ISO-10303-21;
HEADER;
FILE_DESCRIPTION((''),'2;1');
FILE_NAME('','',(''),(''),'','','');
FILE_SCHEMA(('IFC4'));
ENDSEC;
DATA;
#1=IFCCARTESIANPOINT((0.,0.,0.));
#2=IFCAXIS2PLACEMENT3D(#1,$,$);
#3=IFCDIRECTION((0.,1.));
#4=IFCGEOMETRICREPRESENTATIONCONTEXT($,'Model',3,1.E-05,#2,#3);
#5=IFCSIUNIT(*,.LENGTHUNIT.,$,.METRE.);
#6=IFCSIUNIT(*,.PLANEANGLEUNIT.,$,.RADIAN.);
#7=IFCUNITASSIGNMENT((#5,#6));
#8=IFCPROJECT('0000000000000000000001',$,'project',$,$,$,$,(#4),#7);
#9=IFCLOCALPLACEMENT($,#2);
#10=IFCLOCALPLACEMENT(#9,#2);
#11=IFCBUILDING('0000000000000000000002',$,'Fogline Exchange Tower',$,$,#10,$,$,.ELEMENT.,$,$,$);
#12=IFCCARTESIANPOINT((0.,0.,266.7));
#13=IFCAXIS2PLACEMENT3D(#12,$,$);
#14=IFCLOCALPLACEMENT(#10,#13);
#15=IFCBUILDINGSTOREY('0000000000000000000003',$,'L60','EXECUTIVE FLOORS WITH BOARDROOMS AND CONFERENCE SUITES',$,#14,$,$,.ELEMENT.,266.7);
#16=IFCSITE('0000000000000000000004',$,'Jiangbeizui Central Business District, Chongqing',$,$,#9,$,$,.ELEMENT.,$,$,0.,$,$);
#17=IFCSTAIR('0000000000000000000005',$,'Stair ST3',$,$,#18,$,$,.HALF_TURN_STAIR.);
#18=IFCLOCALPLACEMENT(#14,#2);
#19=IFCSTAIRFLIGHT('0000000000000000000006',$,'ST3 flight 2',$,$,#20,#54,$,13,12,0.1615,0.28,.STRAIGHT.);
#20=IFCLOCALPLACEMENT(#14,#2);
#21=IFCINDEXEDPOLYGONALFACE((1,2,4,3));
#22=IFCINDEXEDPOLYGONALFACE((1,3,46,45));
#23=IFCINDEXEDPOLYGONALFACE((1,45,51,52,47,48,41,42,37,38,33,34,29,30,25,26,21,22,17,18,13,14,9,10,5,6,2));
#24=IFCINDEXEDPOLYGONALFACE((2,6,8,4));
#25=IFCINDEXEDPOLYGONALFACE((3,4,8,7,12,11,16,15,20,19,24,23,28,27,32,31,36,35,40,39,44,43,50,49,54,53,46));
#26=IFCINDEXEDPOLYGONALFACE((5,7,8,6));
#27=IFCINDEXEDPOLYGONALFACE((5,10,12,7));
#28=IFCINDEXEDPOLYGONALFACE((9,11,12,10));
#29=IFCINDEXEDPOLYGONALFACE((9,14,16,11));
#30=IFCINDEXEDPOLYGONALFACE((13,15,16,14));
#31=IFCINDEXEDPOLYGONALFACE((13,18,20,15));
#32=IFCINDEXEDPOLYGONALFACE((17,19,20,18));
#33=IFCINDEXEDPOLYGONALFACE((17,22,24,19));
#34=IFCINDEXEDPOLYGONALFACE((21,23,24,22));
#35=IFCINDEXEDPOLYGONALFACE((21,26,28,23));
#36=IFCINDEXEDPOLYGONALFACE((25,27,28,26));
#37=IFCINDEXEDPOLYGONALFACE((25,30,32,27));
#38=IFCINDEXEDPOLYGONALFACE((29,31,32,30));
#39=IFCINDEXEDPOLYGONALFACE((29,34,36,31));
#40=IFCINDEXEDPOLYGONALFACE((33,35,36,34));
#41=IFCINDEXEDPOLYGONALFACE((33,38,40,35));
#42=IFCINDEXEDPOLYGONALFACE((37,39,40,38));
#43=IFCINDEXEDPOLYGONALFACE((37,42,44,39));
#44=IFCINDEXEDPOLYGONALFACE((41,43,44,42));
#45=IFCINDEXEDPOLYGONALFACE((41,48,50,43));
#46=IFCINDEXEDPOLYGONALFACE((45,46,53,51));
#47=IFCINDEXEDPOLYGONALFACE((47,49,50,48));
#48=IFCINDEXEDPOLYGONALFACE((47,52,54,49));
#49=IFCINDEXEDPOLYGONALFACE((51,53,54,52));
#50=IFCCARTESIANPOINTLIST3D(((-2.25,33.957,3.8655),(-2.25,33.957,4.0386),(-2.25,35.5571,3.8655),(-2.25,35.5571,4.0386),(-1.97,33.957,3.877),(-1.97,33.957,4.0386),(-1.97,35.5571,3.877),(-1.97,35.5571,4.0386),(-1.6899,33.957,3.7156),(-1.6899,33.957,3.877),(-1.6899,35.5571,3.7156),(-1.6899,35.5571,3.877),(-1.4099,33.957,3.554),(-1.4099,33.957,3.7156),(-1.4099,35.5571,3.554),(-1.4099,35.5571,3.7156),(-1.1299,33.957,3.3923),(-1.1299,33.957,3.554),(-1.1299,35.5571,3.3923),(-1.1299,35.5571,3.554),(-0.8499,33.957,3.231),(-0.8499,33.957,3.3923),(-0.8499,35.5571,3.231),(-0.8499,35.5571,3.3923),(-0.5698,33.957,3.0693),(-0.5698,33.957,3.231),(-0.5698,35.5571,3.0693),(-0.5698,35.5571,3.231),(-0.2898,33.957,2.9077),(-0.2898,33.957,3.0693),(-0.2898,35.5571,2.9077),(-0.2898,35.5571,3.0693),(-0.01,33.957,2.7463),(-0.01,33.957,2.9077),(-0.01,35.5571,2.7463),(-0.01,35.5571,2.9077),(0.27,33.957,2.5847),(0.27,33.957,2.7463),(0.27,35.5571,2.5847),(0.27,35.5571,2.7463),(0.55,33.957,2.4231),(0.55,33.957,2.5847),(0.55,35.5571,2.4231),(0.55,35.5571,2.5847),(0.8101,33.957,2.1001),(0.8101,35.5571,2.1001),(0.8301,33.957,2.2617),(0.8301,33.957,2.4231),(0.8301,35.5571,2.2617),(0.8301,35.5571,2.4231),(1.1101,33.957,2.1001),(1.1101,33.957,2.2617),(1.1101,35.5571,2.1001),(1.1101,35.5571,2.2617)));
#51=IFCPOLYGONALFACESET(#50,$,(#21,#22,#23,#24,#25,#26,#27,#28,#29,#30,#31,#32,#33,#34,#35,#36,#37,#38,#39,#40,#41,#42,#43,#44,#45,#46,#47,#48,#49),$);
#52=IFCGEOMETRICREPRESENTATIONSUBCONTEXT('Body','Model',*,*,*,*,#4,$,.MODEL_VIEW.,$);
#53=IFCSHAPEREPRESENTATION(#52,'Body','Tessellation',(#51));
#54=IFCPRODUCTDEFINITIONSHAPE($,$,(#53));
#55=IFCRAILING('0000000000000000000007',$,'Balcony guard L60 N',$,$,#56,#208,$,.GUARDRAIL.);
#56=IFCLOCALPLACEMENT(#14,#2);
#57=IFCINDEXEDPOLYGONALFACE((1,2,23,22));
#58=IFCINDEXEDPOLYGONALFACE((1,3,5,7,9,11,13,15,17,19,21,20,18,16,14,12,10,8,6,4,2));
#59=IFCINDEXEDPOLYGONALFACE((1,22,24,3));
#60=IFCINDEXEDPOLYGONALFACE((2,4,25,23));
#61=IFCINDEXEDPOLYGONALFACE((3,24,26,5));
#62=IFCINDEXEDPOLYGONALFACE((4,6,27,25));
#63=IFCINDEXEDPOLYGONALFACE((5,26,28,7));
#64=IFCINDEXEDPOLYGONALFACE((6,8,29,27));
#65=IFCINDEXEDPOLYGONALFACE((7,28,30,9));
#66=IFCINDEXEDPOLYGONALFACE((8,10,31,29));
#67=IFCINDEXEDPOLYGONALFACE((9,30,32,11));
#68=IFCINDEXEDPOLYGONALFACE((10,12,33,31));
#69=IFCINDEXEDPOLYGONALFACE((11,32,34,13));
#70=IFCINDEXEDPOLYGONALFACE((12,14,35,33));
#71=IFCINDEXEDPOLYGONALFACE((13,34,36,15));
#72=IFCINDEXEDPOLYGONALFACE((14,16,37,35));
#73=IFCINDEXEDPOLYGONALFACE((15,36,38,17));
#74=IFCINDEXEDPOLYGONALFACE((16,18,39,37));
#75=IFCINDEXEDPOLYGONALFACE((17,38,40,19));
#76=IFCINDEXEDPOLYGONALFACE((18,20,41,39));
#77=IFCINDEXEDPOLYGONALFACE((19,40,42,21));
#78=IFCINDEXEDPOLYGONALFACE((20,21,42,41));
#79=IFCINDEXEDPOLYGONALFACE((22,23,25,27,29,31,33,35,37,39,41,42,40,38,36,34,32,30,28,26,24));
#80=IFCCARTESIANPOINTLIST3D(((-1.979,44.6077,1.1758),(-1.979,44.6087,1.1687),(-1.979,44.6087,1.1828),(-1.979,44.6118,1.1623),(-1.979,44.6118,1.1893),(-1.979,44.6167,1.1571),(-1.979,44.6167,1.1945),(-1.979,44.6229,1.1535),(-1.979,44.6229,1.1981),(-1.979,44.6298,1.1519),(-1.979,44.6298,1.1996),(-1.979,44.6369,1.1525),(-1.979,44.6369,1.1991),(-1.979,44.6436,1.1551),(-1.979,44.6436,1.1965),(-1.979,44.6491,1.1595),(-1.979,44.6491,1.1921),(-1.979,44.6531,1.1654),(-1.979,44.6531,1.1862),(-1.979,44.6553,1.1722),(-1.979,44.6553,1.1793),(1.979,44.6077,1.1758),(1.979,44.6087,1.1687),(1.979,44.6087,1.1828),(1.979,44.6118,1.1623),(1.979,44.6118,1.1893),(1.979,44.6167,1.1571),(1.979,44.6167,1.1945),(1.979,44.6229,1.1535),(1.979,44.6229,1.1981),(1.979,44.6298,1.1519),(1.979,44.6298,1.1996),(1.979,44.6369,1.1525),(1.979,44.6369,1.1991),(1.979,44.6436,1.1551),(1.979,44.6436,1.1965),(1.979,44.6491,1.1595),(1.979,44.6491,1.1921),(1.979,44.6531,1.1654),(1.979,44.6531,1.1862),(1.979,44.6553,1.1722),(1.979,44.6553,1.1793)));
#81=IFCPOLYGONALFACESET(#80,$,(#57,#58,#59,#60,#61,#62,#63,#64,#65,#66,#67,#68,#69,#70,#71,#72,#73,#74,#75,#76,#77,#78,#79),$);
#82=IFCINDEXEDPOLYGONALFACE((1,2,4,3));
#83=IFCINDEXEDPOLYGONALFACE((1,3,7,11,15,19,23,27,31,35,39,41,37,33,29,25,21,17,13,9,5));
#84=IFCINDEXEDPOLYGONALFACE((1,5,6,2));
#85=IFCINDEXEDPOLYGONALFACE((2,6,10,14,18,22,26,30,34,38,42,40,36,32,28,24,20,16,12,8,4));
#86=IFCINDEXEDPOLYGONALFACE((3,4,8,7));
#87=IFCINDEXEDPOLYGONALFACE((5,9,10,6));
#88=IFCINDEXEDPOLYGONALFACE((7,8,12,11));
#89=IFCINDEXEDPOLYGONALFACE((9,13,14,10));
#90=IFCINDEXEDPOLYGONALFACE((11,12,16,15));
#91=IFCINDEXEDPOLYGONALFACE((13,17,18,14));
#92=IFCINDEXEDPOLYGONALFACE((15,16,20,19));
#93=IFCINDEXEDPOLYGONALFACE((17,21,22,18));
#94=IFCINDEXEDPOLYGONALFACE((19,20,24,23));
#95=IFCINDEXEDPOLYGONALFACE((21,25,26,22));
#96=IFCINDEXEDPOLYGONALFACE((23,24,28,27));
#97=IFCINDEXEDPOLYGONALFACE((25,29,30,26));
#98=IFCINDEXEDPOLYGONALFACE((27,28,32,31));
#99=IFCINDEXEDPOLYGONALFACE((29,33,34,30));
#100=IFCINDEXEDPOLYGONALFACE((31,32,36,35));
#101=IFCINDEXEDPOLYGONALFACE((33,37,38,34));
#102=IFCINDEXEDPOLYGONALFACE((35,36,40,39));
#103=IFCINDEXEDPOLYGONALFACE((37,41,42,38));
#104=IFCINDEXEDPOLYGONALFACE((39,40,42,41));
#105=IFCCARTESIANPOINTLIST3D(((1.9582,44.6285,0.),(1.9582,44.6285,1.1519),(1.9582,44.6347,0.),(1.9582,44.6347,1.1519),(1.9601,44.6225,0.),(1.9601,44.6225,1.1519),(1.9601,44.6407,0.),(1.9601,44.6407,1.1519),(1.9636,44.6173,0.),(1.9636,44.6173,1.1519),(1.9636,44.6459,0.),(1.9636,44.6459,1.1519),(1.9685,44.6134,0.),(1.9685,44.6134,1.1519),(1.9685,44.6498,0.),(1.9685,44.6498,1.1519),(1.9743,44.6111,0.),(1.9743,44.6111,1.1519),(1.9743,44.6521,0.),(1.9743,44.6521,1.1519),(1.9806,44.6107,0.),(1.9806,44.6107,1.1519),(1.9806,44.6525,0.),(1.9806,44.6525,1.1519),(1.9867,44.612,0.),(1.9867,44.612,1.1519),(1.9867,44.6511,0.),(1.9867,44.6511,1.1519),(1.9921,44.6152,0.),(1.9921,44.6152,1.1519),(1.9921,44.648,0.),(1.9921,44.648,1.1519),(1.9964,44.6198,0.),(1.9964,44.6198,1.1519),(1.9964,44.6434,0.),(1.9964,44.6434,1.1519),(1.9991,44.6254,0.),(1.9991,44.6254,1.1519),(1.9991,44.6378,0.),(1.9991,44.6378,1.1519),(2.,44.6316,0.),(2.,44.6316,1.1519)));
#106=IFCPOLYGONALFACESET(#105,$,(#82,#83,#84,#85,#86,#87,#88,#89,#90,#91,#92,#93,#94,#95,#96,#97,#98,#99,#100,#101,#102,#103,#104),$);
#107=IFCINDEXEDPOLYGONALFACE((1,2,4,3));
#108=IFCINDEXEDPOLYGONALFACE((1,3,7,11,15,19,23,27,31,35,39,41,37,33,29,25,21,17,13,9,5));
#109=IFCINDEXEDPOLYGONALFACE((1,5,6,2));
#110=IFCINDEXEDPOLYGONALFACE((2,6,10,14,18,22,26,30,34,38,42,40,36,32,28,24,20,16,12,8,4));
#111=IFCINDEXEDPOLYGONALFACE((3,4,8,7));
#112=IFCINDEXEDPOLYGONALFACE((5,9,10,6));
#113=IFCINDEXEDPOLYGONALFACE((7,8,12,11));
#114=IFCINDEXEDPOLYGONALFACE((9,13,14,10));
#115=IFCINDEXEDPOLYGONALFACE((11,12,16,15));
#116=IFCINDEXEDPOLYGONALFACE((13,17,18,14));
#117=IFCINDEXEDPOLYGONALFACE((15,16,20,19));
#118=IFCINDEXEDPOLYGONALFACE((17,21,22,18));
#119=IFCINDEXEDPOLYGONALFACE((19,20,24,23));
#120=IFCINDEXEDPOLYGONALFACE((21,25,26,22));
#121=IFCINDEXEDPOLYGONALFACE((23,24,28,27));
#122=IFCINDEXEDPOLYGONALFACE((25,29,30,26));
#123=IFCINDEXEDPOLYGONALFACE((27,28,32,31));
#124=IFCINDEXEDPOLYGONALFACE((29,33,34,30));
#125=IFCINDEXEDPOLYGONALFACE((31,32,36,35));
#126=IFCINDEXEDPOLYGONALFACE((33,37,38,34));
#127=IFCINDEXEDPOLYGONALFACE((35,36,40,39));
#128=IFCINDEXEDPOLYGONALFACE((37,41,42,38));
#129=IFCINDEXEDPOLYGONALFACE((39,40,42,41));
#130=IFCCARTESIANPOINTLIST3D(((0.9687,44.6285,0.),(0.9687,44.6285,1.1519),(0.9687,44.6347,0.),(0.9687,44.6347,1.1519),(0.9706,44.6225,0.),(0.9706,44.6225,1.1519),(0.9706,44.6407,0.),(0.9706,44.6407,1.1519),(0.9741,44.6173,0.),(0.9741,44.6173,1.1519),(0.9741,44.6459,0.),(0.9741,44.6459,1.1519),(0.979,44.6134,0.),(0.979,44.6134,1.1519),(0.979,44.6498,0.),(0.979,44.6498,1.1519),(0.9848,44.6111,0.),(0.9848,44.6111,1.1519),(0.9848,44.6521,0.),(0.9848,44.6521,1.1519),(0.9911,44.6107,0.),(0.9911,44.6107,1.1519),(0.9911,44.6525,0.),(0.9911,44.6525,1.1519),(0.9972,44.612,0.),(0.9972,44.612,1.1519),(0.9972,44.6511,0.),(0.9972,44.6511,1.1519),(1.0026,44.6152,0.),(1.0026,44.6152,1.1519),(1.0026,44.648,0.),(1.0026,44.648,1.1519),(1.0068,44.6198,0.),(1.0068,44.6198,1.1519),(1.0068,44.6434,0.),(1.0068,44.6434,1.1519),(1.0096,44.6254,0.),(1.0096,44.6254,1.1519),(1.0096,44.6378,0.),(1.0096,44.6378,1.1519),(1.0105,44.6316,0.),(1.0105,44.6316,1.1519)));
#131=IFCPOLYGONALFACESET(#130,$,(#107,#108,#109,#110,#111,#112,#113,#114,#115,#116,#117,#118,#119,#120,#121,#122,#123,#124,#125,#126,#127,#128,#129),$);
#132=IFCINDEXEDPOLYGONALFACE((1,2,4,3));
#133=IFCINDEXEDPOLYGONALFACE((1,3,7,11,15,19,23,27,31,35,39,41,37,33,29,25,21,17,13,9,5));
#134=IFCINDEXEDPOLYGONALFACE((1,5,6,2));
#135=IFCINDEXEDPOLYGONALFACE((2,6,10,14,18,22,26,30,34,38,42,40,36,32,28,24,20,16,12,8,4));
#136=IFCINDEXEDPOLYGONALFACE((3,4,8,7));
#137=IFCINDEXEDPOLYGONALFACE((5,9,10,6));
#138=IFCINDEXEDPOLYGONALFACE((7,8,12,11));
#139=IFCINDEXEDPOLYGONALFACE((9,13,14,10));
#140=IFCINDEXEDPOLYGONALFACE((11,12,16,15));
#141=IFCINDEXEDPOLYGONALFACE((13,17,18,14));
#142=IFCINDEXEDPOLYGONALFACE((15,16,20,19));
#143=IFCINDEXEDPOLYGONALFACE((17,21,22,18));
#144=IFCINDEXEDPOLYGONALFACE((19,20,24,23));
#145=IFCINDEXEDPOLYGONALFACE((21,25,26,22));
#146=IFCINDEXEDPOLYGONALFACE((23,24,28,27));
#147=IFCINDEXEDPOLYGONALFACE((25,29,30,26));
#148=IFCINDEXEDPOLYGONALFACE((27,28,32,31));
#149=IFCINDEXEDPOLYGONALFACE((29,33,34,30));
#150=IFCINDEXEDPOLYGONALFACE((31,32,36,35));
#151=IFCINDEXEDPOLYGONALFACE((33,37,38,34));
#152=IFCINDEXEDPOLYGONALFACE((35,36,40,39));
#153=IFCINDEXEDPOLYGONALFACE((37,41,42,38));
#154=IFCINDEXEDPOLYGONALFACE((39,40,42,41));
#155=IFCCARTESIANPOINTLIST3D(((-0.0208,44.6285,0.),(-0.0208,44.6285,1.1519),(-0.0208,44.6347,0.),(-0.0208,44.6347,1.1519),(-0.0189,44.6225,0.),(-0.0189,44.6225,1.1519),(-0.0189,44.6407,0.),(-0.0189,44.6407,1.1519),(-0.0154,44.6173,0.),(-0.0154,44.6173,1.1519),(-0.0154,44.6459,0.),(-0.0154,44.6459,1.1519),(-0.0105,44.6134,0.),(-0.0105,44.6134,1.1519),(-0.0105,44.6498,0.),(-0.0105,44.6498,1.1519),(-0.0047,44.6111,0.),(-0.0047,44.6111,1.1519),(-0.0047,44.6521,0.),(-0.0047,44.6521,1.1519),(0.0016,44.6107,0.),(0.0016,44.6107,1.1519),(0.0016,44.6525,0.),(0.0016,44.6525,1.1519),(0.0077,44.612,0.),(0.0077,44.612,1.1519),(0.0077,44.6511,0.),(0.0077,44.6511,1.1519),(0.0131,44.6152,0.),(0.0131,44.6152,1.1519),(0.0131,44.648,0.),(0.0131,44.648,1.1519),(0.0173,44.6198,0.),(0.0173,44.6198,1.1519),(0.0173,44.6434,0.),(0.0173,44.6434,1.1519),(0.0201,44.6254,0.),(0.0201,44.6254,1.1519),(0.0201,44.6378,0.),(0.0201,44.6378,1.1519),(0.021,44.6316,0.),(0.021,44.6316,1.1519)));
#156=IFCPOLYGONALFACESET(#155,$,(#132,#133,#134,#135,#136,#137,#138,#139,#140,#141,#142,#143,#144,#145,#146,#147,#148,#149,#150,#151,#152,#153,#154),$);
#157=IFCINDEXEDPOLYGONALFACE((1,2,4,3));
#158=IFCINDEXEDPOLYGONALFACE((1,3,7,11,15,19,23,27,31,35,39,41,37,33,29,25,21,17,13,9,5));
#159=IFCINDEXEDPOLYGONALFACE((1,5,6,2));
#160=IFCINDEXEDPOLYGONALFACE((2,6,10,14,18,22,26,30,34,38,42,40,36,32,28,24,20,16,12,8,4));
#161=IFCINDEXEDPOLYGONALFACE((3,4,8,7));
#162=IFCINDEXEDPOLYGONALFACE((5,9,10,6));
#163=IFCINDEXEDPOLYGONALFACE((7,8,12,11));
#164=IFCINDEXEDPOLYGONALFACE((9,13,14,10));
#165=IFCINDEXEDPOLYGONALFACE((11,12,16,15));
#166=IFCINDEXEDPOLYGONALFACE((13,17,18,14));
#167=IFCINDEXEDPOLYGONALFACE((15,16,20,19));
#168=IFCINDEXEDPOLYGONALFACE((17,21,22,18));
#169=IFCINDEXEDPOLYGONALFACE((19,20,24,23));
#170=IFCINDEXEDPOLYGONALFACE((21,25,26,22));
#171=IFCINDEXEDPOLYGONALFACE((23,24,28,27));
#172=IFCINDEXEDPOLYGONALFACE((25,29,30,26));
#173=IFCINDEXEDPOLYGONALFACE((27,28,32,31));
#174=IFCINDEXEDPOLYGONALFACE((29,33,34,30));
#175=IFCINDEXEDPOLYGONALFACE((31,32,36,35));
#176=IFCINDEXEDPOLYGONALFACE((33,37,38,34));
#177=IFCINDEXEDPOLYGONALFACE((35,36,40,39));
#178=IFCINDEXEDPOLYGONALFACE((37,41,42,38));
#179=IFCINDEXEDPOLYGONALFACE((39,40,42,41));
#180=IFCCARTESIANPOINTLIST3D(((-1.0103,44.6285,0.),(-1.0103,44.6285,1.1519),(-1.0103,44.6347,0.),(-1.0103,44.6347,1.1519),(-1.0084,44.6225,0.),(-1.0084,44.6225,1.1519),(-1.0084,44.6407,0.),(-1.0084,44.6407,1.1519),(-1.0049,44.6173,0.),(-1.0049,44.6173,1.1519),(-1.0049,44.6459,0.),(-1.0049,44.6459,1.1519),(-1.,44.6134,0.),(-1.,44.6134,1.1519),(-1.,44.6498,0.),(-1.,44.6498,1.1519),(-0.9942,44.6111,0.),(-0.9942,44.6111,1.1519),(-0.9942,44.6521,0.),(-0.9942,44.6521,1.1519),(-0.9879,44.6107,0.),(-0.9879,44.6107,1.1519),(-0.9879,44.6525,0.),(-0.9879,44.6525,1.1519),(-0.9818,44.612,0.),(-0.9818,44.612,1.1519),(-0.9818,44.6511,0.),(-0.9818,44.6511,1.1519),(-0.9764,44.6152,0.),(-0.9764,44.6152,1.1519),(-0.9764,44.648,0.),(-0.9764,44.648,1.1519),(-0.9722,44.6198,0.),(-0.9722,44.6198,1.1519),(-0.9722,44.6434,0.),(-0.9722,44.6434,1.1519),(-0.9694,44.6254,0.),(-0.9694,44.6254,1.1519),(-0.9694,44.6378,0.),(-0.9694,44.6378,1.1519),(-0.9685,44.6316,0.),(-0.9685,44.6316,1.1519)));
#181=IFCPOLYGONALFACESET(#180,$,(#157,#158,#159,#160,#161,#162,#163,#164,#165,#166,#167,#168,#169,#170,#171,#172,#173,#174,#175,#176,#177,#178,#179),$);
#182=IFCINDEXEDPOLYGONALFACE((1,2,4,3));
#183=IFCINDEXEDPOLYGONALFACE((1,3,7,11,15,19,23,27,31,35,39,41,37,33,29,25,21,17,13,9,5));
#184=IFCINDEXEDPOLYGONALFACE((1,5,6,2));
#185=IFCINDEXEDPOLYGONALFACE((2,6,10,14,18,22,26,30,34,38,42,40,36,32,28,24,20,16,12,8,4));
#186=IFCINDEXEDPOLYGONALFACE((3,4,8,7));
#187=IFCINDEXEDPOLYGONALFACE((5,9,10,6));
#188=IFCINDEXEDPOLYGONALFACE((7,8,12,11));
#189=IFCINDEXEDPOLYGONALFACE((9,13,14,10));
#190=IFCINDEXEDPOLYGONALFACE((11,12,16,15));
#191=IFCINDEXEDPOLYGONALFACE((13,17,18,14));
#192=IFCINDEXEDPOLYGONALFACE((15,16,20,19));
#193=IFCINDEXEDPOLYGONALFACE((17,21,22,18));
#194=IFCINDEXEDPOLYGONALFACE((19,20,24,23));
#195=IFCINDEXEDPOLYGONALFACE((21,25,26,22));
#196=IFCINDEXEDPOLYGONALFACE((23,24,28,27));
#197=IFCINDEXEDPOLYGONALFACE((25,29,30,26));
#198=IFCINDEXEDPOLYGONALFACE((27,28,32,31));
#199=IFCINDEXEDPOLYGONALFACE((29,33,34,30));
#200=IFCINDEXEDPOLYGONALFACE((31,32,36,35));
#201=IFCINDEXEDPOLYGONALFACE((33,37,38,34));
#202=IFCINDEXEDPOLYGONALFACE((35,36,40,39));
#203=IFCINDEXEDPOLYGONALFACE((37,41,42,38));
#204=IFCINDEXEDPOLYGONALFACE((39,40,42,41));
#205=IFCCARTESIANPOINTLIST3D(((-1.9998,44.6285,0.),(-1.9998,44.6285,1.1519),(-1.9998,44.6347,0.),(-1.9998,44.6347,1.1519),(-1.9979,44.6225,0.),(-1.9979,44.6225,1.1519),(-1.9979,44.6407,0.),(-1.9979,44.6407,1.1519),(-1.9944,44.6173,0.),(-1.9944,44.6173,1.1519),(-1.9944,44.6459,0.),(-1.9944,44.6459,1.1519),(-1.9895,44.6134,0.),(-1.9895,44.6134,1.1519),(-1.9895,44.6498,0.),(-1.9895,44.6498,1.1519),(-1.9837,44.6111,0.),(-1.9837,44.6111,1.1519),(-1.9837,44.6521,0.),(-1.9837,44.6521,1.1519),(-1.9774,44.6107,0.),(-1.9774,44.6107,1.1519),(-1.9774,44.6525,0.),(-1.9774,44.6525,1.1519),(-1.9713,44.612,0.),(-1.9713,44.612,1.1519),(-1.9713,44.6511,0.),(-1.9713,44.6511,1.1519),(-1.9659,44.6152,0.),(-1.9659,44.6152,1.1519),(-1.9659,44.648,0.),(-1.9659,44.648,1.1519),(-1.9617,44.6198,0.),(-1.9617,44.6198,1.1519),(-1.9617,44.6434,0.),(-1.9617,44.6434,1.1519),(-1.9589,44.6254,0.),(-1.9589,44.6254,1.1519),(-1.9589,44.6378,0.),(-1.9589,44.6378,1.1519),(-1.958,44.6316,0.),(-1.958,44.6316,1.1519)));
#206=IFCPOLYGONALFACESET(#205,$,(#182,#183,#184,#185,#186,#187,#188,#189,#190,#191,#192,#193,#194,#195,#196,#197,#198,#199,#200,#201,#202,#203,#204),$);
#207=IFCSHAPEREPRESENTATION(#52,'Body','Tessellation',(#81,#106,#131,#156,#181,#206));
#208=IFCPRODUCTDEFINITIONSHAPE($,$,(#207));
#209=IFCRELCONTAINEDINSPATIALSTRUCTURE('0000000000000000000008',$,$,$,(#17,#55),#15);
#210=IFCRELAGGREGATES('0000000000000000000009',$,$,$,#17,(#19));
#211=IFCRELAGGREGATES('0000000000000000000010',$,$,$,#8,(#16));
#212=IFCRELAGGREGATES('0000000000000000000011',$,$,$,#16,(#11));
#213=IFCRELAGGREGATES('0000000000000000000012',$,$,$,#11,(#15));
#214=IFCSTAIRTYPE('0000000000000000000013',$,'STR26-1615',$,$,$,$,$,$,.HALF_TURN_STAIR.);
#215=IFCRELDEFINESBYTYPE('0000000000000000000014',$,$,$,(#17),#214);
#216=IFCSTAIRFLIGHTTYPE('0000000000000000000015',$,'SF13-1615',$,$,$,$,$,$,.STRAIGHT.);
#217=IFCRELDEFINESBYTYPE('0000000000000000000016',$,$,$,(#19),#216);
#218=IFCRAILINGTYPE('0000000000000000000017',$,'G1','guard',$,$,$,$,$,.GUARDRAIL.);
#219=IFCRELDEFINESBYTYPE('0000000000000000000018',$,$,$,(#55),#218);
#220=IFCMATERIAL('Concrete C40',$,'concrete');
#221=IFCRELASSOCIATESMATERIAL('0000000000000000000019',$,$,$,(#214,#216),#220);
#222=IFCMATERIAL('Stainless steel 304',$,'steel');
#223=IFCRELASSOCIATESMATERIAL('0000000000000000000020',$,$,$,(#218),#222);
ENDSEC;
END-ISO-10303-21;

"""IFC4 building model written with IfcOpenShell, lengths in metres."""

from ifc_helpers import new_model, si_unit, direction, frame, origin, origin_2d, place, context, subcontext, project, spatial, polyline, circle, outline, extrude, material, type_object, element, aggregate, save


model = new_model("IFC4")

# Units and contexts
model_context = context("Model", 3, precision=1e-05, world=origin(), true_north=direction((0.0, 1.0)))
body_context = subcontext(model_context, "Body", "Model", "MODEL_VIEW")
ifc_project = project(units=[si_unit("LENGTHUNIT", "METRE"), si_unit("PLANEANGLEUNIT", "RADIAN")], contexts=[model_context])

# Site, building, storey
site_placement = place(None, origin())
site = spatial("IfcSite", under=ifc_project, at=site_placement, Name="Jiangbeizui Central Business District, Chongqing", CompositionType="ELEMENT", RefElevation=0.0)
building_placement = place(site_placement, origin())
building = spatial("IfcBuilding", under=site, at=building_placement, Name="Fogline Exchange Tower", CompositionType="ELEMENT")
storey_placement = place(building_placement, frame((0.0, 0.0, 266.7)))
storey = spatial("IfcBuildingStorey", under=building, at=storey_placement, Name="L60", Description="EXECUTIVE FLOORS WITH BOARDROOMS AND CONFERENCE SUITES", CompositionType="ELEMENT", Elevation=266.7)

# Shared definitions
ifc_material_1 = material(Name="Concrete C40", Category="concrete")

# Stair, stair flight
stair_type = type_object("IfcStairType", Name="STR26-1615", PredefinedType="HALF_TURN_STAIR", material=ifc_material_1)
stair_placement = place(storey_placement, origin())
stair = element("IfcStair", 1, at=stair_placement, inside=storey, type_object=stair_type, Name="Stair ST3", PredefinedType="HALF_TURN_STAIR")
stair_flight_type = type_object("IfcStairFlightType", Name="SF13-1615", PredefinedType="STRAIGHT", material=ifc_material_1)
stair_flight_placement = place(storey_placement, frame((1.1101, 34.7571, 2.1001), z_axis=(0.0, 0.0, 1.0), x_axis=(-1.0, 0.0, 0.0)))
stair_flight = element("IfcStairFlight", 2, at=stair_flight_placement, type_object=stair_flight_type, Name="ST3 flight 2", NumberOfRisers=13, NumberOfTreads=12, PredefinedType="STRAIGHT", RiserHeight=0.1615, TreadLength=0.28, context=body_context, shape_type="SweptSolid", body=[
    extrude(outline(polyline([(0.0, 0.0), (0.0, 0.1616), (0.28, 0.1616), (0.28, 0.323), (0.5601, 0.323), (0.5601, 0.4846), (0.8401, 0.4846), (0.8401, 0.6462), (1.1201, 0.6462), (1.1201, 0.8076), (1.3999, 0.8076), (1.3999, 0.9692), (1.6799, 0.9692), (1.6799, 1.1309), (1.96, 1.1309), (1.96, 1.2922), (2.24, 1.2922), (2.24, 1.4539), (2.52, 1.4539), (2.52, 1.6155), (2.8, 1.6155), (2.8, 1.7769), (3.0801, 1.7769), (3.0801, 1.9385), (3.3601, 1.9385), (3.3601, 2.1001), (3.3601, 1.7654), (0.3, 0.0), (0.0, 0.0)])), frame((0.0, 0.8, 0.0), z_axis=(0.0, -1.0, 0.0), x_axis=(1.0, 0.0, 0.0)), (0.0, 0.0, 1.0), 1.6001),
])
aggregate(stair, [stair_flight])

# Railing
ifc_material_2 = material(Name="Stainless steel 304", Category="steel")
railing_type = type_object("IfcRailingType", Name="G1", Description="guard", PredefinedType="GUARDRAIL", material=ifc_material_2)
railing_placement = place(storey_placement, frame((1.979, 44.6316, 0.0)))
element("IfcRailing", 3, at=railing_placement, inside=storey, type_object=railing_type, Name="Balcony guard L60 N", PredefinedType="GUARDRAIL", context=body_context, shape_type="SweptSolid", body=[
    extrude(circle(Radius=0.0239, at=origin_2d()), frame((0.0, 0.0, 1.1758), z_axis=(-1.0, 0.0, 0.0), x_axis=(0.0, -1.0, 0.0)), (0.0, 0.0, 1.0), 3.958),
    extrude(circle(Radius=0.021, at=origin_2d()), origin(), (0.0, 0.0, 1.0), 1.1519),
    extrude(circle(Radius=0.021, at=origin_2d()), frame((-0.9895, 0.0, 0.0)), (0.0, 0.0, 1.0), 1.1519),
    extrude(circle(Radius=0.021, at=origin_2d()), frame((-1.979, 0.0, 0.0)), (0.0, 0.0, 1.0), 1.1519),
    extrude(circle(Radius=0.021, at=origin_2d()), frame((-2.9685, 0.0, 0.0)), (0.0, 0.0, 1.0), 1.1519),
    extrude(circle(Radius=0.021, at=origin_2d()), frame((-3.958, 0.0, 0.0)), (0.0, 0.0, 1.0), 1.1519),
])

save(model, "model.ifc")
